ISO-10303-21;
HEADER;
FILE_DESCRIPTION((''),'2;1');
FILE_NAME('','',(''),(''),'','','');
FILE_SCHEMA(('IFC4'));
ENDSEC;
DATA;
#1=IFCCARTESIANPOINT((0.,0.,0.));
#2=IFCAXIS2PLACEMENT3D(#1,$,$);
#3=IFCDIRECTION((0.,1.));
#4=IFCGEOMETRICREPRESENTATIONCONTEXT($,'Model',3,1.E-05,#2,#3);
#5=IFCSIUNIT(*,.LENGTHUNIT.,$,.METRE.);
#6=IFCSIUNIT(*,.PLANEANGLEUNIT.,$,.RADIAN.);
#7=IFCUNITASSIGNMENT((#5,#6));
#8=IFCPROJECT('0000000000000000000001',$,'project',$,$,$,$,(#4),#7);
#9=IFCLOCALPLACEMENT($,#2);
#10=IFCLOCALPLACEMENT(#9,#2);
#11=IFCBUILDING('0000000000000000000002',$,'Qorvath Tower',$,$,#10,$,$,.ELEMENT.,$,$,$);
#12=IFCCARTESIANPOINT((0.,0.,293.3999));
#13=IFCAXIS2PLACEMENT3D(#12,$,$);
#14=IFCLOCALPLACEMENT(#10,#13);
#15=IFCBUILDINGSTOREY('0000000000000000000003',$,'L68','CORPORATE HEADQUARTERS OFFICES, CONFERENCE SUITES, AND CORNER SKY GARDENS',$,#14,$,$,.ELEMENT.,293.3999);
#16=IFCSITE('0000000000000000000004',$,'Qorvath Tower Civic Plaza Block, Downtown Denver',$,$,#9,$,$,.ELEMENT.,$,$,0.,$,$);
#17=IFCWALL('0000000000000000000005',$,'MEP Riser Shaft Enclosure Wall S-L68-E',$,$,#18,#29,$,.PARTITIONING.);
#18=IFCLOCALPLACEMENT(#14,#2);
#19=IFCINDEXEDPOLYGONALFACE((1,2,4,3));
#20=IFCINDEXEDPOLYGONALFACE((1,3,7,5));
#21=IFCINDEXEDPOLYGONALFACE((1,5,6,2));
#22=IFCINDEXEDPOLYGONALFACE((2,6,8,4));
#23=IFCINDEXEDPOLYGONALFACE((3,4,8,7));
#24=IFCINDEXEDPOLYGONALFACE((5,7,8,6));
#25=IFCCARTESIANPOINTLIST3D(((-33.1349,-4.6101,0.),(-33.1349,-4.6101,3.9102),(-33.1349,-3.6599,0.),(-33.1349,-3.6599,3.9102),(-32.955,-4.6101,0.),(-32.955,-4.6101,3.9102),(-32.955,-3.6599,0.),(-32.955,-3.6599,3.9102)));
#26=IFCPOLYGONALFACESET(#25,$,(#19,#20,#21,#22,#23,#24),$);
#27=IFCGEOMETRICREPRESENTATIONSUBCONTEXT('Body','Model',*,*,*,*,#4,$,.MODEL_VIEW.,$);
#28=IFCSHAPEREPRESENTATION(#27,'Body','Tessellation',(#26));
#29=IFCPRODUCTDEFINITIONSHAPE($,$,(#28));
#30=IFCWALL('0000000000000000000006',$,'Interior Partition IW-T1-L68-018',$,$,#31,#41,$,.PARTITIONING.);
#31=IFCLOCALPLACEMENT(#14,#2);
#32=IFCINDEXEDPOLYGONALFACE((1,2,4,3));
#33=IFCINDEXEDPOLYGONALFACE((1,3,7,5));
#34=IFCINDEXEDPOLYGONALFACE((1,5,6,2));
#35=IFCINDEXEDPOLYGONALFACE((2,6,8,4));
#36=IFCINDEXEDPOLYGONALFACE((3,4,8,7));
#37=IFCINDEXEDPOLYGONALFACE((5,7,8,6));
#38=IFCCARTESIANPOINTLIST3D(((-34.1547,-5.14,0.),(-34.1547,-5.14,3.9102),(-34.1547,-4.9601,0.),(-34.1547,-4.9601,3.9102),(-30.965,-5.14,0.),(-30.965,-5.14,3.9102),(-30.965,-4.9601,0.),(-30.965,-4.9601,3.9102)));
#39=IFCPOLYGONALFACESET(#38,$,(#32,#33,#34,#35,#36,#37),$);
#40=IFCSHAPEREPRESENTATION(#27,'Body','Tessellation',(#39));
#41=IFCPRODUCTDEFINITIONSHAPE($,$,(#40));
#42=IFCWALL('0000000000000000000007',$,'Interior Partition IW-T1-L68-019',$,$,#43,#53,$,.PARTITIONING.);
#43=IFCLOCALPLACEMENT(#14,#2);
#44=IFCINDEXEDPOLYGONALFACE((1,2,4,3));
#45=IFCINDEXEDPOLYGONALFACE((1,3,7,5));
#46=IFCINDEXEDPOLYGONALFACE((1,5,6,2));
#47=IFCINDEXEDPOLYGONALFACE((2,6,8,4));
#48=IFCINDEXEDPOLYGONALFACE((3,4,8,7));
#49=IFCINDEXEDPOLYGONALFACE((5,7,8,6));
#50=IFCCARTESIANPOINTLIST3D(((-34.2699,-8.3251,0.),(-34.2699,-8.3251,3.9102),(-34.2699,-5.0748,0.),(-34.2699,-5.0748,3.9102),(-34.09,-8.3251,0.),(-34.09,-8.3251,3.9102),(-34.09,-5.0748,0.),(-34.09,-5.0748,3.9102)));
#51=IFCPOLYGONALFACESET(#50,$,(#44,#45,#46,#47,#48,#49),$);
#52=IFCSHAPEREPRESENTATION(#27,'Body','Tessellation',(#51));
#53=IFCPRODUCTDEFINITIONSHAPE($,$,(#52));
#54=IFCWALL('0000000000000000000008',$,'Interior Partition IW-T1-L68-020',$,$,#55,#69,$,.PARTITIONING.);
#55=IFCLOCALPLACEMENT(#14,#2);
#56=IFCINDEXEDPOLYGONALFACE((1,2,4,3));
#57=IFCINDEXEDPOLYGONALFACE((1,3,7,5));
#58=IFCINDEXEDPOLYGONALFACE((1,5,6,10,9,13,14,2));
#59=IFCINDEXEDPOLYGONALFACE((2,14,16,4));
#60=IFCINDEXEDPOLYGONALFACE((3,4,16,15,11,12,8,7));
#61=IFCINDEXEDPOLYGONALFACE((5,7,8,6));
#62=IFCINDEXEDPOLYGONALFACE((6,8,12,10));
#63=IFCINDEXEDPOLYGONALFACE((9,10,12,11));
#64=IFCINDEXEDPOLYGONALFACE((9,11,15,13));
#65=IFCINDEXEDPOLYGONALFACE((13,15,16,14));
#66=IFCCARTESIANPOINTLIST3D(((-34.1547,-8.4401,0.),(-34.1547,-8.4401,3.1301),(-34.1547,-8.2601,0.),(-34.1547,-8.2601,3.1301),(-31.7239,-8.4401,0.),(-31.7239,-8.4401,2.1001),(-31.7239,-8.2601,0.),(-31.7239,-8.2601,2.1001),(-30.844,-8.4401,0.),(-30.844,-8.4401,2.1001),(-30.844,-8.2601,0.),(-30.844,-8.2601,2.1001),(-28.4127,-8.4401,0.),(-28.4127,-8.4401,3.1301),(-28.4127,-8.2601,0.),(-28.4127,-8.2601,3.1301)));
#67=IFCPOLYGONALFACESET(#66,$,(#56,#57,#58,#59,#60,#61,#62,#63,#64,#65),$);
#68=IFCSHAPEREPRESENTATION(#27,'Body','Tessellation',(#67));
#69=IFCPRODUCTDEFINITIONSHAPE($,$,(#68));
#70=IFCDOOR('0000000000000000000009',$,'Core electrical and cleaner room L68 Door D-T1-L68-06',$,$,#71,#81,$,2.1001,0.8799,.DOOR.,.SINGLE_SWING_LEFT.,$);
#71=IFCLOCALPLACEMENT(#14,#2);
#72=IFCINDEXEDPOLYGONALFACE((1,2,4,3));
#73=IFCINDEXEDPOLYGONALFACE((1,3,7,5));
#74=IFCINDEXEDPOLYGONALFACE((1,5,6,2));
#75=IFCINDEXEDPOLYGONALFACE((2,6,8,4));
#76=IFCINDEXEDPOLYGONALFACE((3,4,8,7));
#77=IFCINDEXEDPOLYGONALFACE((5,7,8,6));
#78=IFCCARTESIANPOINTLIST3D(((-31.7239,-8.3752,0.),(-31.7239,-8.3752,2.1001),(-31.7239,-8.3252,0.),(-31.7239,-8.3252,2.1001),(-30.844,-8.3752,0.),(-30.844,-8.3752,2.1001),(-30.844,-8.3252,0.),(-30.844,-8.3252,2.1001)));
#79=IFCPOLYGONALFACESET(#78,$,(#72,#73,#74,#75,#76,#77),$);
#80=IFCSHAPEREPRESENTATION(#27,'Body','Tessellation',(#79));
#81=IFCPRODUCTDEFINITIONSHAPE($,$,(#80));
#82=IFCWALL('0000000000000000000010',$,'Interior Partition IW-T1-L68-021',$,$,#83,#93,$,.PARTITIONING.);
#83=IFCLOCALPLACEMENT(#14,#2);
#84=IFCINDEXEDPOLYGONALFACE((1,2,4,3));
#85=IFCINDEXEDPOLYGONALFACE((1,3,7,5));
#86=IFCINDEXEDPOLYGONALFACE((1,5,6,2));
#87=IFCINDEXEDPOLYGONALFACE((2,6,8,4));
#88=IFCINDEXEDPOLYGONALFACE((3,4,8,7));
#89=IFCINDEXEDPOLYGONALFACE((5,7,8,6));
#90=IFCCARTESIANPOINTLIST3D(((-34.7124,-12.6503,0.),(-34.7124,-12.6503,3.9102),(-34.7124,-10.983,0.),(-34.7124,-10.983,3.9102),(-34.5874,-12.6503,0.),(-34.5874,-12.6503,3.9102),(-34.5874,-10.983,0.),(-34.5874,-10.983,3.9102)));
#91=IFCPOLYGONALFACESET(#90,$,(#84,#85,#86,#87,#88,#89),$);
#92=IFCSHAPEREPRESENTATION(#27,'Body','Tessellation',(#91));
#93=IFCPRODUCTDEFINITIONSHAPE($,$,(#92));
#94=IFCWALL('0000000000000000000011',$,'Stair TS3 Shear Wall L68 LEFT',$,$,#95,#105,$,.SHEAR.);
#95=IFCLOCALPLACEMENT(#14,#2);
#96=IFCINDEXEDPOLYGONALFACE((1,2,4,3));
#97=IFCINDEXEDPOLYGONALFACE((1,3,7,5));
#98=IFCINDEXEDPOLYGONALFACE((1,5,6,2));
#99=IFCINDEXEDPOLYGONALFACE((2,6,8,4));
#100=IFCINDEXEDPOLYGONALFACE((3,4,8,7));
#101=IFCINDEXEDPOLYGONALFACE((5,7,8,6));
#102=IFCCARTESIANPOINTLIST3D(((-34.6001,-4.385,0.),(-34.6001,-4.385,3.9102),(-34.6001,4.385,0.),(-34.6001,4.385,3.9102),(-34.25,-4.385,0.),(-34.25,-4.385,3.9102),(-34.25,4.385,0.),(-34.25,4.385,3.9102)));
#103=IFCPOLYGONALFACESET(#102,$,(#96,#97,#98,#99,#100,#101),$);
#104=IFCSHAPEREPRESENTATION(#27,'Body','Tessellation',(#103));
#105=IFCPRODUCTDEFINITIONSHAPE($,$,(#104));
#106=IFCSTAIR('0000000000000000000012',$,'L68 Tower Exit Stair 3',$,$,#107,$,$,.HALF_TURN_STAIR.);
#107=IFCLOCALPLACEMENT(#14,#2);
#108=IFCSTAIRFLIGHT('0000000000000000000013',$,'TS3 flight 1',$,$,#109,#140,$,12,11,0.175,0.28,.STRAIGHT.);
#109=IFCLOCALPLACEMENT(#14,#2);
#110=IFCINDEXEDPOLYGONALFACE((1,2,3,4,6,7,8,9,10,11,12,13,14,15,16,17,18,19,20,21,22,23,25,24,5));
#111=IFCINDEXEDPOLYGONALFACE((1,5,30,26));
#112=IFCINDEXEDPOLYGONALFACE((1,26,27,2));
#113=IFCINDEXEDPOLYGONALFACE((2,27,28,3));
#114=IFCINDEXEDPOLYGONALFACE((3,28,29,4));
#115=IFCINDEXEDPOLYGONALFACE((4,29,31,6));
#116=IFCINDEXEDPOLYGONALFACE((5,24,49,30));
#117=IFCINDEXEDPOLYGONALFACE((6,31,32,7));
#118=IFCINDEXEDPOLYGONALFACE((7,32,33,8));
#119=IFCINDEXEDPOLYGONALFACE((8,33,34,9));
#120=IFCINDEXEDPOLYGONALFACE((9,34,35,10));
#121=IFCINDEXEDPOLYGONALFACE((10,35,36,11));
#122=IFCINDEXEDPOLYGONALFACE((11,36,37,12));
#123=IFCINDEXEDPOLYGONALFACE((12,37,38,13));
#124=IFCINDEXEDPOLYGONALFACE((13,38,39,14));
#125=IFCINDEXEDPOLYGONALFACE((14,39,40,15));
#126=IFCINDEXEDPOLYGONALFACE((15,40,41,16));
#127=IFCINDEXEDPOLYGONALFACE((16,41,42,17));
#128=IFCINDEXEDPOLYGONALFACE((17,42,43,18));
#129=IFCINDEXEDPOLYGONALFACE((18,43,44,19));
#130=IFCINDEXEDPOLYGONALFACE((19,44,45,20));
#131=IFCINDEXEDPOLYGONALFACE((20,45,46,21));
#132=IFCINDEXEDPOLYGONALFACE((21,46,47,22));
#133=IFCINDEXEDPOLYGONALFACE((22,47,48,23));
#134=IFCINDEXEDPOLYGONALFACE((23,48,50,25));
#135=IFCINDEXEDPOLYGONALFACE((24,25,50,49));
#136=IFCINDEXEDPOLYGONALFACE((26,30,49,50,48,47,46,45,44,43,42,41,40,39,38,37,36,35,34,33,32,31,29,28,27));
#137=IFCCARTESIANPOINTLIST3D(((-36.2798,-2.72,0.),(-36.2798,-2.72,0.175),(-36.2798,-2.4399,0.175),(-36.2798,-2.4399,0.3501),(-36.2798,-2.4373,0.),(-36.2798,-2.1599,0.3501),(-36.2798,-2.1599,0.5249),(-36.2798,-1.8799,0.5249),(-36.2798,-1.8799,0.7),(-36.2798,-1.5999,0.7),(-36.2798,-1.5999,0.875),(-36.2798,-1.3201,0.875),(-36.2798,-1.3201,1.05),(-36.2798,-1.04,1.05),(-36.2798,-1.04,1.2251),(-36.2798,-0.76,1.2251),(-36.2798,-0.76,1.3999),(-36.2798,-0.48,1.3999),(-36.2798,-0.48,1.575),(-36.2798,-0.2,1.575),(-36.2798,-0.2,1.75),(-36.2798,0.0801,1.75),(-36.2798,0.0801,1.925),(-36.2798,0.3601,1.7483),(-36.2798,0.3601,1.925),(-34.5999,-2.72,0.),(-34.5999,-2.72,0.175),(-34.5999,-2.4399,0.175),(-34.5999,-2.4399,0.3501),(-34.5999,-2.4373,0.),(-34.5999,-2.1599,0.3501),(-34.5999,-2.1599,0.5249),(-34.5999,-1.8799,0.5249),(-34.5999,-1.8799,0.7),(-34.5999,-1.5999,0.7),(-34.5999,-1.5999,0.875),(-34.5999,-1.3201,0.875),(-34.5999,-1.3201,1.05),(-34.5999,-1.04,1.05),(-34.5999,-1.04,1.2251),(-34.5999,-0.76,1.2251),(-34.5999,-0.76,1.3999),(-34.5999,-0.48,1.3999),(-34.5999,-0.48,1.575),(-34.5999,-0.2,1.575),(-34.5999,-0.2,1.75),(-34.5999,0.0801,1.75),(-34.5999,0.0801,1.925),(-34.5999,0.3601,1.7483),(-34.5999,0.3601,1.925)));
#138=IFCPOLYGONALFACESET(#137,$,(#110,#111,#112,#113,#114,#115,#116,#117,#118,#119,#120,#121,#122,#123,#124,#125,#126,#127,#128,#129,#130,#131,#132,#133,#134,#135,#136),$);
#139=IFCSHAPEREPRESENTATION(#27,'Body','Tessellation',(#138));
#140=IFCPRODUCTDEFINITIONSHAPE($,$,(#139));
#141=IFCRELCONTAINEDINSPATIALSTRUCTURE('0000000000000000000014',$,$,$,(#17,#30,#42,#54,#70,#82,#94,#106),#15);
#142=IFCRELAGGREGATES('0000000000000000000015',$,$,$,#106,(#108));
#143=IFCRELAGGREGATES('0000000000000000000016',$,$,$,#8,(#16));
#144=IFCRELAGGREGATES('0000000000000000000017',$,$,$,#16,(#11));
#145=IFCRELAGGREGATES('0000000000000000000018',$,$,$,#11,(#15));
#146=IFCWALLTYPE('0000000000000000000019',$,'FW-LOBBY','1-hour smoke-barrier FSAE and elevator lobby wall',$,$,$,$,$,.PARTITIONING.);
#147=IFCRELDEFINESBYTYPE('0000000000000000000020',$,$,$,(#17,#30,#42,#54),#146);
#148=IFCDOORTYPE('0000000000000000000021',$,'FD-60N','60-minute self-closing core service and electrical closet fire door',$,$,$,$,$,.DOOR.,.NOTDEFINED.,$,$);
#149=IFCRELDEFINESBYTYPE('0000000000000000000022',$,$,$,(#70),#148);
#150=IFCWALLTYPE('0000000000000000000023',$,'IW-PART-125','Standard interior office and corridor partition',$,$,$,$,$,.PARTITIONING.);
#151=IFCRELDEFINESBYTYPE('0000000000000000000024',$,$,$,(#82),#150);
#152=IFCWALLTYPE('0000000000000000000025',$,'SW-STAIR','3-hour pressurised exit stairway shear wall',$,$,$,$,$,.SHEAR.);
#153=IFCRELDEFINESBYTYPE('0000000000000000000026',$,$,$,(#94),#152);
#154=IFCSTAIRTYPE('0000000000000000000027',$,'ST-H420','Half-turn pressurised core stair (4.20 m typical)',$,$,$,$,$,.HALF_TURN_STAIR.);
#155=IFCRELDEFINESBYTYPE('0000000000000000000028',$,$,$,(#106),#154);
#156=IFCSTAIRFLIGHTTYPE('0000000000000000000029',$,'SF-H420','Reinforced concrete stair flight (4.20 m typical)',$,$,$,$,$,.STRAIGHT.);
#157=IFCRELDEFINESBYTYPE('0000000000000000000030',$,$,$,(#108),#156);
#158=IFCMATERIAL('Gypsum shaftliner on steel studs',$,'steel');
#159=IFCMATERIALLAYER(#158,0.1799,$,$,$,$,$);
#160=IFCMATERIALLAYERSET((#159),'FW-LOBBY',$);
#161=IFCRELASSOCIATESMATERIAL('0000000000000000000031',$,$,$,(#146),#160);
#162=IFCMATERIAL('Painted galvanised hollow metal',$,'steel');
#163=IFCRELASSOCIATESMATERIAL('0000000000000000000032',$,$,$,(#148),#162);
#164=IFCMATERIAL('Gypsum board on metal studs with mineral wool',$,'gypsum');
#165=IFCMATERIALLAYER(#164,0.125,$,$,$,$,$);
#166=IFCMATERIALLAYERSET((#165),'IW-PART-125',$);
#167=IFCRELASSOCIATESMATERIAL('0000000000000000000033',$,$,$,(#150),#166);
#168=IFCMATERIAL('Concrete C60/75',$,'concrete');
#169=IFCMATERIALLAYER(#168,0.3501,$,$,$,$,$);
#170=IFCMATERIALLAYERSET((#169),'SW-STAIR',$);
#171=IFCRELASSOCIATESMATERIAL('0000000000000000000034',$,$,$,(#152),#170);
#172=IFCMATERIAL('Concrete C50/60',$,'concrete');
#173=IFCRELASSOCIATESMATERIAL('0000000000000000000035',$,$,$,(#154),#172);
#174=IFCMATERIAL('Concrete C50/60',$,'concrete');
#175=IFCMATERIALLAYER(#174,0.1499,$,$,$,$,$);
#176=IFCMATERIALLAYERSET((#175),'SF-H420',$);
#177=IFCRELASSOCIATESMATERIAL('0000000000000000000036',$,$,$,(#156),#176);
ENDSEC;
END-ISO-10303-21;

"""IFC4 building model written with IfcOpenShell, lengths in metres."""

from ifc_helpers import new_model, si_unit, direction, frame, frame_2d, origin, place, context, subcontext, project, spatial, polyline, rectangle, outline, extrude, material, layer, layer_set, type_object, element, fill, aggregate, save


model = new_model("IFC4")

# Units and contexts
model_context = context("Model", 3, precision=1e-05, world=origin(), true_north=direction((0.0, 1.0)))
body_context = subcontext(model_context, "Body", "Model", "MODEL_VIEW")
ifc_project = project(units=[si_unit("LENGTHUNIT", "METRE"), si_unit("PLANEANGLEUNIT", "RADIAN")], contexts=[model_context])

# Site, building, storey
site_placement = place(None, origin())
site = spatial("IfcSite", under=ifc_project, at=site_placement, Name="Qorvath Tower Civic Plaza Block, Downtown Denver", CompositionType="ELEMENT", RefElevation=0.0)
building_placement = place(site_placement, origin())
building = spatial("IfcBuilding", under=site, at=building_placement, Name="Qorvath Tower", CompositionType="ELEMENT")
storey_placement = place(building_placement, frame((0.0, 0.0, 293.3999)))
storey = spatial("IfcBuildingStorey", under=building, at=storey_placement, Name="L68", Description="CORPORATE HEADQUARTERS OFFICES, CONFERENCE SUITES, AND CORNER SKY GARDENS", CompositionType="ELEMENT", Elevation=293.3999)

# Walls
ifc_material_1 = material(Name="Gypsum shaftliner on steel studs", Category="steel")
ifc_layer_1 = layer(ifc_material_1, 0.1799)
ifc_layer_set_1 = layer_set([ifc_layer_1], Name="FW-LOBBY")
wall_type_1 = type_object("IfcWallType", Name="FW-LOBBY", Description="1-hour smoke-barrier FSAE and elevator lobby wall", PredefinedType="PARTITIONING", material=ifc_layer_set_1)
for number, where, z_axis, x_axis, name in (
    (1, (-33.0449, -3.6599, 0.0), (0.0, 0.0, 1.0), (0.0, -1.0, 0.0), "MEP Riser Shaft Enclosure Wall S-L68-E"),
):
    element("IfcWall", number, at=place(storey_placement, frame(where, z_axis=z_axis, x_axis=x_axis)), inside=storey, type_object=wall_type_1, Name=name, PredefinedType="PARTITIONING", context=body_context, shape_type="SweptSolid", body=[
        extrude(rectangle(XDim=0.9502, YDim=0.1799, at=frame_2d((0.4751, 0.0))), origin(), (0.0, 0.0, 1.0), 3.9102),
    ])
wall_1_placement = place(storey_placement, frame((-30.9651, -5.05, 0.0), z_axis=(0.0, 0.0, 1.0), x_axis=(-1.0, 0.0, 0.0)))
element("IfcWall", 2, at=wall_1_placement, inside=storey, type_object=wall_type_1, Name="Interior Partition IW-T1-L68-018", PredefinedType="PARTITIONING", context=body_context, shape_type="SweptSolid", body=[
    extrude(rectangle(XDim=3.1897, YDim=0.1799, at=frame_2d((1.5947, 0.0))), origin(), (0.0, 0.0, 1.0), 3.9102),
])
wall_2_placement = place(storey_placement, frame((-34.1799, -5.075, 0.0), z_axis=(0.0, 0.0, 1.0), x_axis=(0.0, -1.0, 0.0)))
element("IfcWall", 3, at=wall_2_placement, inside=storey, type_object=wall_type_1, Name="Interior Partition IW-T1-L68-019", PredefinedType="PARTITIONING", context=body_context, shape_type="SweptSolid", body=[
    extrude(rectangle(XDim=3.2502, YDim=0.1799, at=frame_2d((1.625, 0.0))), origin(), (0.0, 0.0, 1.0), 3.9102),
])

# Wall, opening, door
wall_3_placement = place(storey_placement, frame((-34.1548, -8.3501, 0.0), z_axis=(0.0, 0.0, 1.0), x_axis=(1.0, 0.0, 0.0)))
wall_3 = element("IfcWall", 4, at=wall_3_placement, inside=storey, type_object=wall_type_1, Name="Interior Partition IW-T1-L68-020", PredefinedType="PARTITIONING", context=body_context, shape_type="SweptSolid", body=[
    extrude(rectangle(XDim=5.7419, YDim=0.1799, at=frame_2d((2.8711, 0.0))), origin(), (0.0, 0.0, 1.0), 3.1301),
])
opening_placement = place(wall_3_placement, frame((2.4309, 0.0, 0.0)))
opening = element("IfcOpeningElement", 5, at=opening_placement, cuts=wall_3, PredefinedType="OPENING", context=body_context, shape_type="SweptSolid", body=[
    extrude(rectangle(XDim=0.8799, YDim=2.1001, at=frame_2d((0.4399, 1.05))), frame((0.0, 0.1001, 0.0), z_axis=(0.0, -1.0, 0.0), x_axis=(1.0, 0.0, 0.0)), (0.0, 0.0, 1.0), 0.2),
])
ifc_material_2 = material(Name="Painted galvanised hollow metal", Category="steel")
door_type = type_object("IfcDoorType", Name="FD-60N", Description="60-minute self-closing core service and electrical closet fire door", OperationType="NOTDEFINED", PredefinedType="DOOR", material=ifc_material_2)
door_placement = place(opening_placement, origin())
door = element("IfcDoor", 6, at=door_placement, inside=storey, type_object=door_type, Name="Core electrical and cleaner room L68 Door D-T1-L68-06", OperationType="SINGLE_SWING_LEFT", OverallHeight=2.1001, OverallWidth=0.8799, PredefinedType="DOOR", context=body_context, shape_type="SweptSolid", body=[
    extrude(rectangle(XDim=0.8799, YDim=2.1001, at=frame_2d((0.4399, 1.05))), frame((0.0, 0.0249, 0.0), z_axis=(0.0, -1.0, 0.0), x_axis=(1.0, 0.0, 0.0)), (0.0, 0.0, 1.0), 0.05),
])
fill(opening, door)

# Walls
ifc_material_3 = material(Name="Gypsum board on metal studs with mineral wool", Category="gypsum")
ifc_layer_2 = layer(ifc_material_3, 0.125)
ifc_layer_set_2 = layer_set([ifc_layer_2], Name="IW-PART-125")
wall_type_2 = type_object("IfcWallType", Name="IW-PART-125", Description="Standard interior office and corridor partition", PredefinedType="PARTITIONING", material=ifc_layer_set_2)
wall_4_placement = place(storey_placement, frame((-34.6499, -12.6501, 0.0), z_axis=(0.0, 0.0, 1.0), x_axis=(0.0, 1.0, 0.0)))
element("IfcWall", 7, at=wall_4_placement, inside=storey, type_object=wall_type_2, Name="Interior Partition IW-T1-L68-021", PredefinedType="PARTITIONING", context=body_context, shape_type="SweptSolid", body=[
    extrude(rectangle(XDim=1.6672, YDim=0.125, at=frame_2d((0.8335, 0.0))), origin(), (0.0, 0.0, 1.0), 3.9102),
])
ifc_material_4 = material(Name="Concrete C60/75", Category="concrete")
ifc_layer_3 = layer(ifc_material_4, 0.3501)
ifc_layer_set_3 = layer_set([ifc_layer_3], Name="SW-STAIR")
wall_type_3 = type_object("IfcWallType", Name="SW-STAIR", Description="3-hour pressurised exit stairway shear wall", PredefinedType="SHEAR", material=ifc_layer_set_3)
wall_5_placement = place(storey_placement, frame((-34.425, -4.385, 0.0), z_axis=(0.0, 0.0, 1.0), x_axis=(0.0, 1.0, 0.0)))
element("IfcWall", 8, at=wall_5_placement, inside=storey, type_object=wall_type_3, Name="Stair TS3 Shear Wall L68 LEFT", PredefinedType="SHEAR", context=body_context, shape_type="SweptSolid", body=[
    extrude(rectangle(XDim=8.77, YDim=0.3501, at=frame_2d((4.385, 0.0))), origin(), (0.0, 0.0, 1.0), 3.9102),
])

# Stair, stair flight
ifc_material_5 = material(Name="Concrete C50/60", Category="concrete")
stair_type = type_object("IfcStairType", Name="ST-H420", Description="Half-turn pressurised core stair (4.20 m typical)", PredefinedType="HALF_TURN_STAIR", material=ifc_material_5)
stair_placement = place(storey_placement, origin())
stair = element("IfcStair", 9, at=stair_placement, inside=storey, type_object=stair_type, Name="L68 Tower Exit Stair 3", PredefinedType="HALF_TURN_STAIR")
ifc_material_6 = material(Name="Concrete C50/60", Category="concrete")
ifc_layer_4 = layer(ifc_material_6, 0.1499)
ifc_layer_set_4 = layer_set([ifc_layer_4], Name="SF-H420")
stair_flight_type = type_object("IfcStairFlightType", Name="SF-H420", Description="Reinforced concrete stair flight (4.20 m typical)", PredefinedType="STRAIGHT", material=ifc_layer_set_4)
stair_flight_placement = place(storey_placement, frame((-35.4399, -2.72, 0.0), z_axis=(0.0, 0.0, 1.0), x_axis=(0.0, 1.0, 0.0)))
stair_flight = element("IfcStairFlight", 10, at=stair_flight_placement, type_object=stair_flight_type, Name="TS3 flight 1", NumberOfRisers=12, NumberOfTreads=11, PredefinedType="STRAIGHT", RiserHeight=0.175, TreadLength=0.28, context=body_context, shape_type="SweptSolid", body=[
    extrude(outline(polyline([(0.0, 0.0), (0.0, 0.175), (0.28, 0.175), (0.28, 0.3501), (0.5601, 0.3501), (0.5601, 0.5249), (0.8401, 0.5249), (0.8401, 0.7), (1.1201, 0.7), (1.1201, 0.875), (1.3999, 0.875), (1.3999, 1.05), (1.6799, 1.05), (1.6799, 1.2251), (1.96, 1.2251), (1.96, 1.3999), (2.24, 1.3999), (2.24, 1.575), (2.52, 1.575), (2.52, 1.75), (2.8, 1.75), (2.8, 1.925), (3.0801, 1.925), (3.0801, 2.1001), (3.0801, 1.7483), (0.2827, 0.0), (0.0, 0.0)])), frame((0.0, 0.8398, 0.0), z_axis=(0.0, -1.0, 0.0), x_axis=(1.0, 0.0, 0.0)), (0.0, 0.0, 1.0), 1.6799),
])
aggregate(stair, [stair_flight])

save(model, "model.ifc")
